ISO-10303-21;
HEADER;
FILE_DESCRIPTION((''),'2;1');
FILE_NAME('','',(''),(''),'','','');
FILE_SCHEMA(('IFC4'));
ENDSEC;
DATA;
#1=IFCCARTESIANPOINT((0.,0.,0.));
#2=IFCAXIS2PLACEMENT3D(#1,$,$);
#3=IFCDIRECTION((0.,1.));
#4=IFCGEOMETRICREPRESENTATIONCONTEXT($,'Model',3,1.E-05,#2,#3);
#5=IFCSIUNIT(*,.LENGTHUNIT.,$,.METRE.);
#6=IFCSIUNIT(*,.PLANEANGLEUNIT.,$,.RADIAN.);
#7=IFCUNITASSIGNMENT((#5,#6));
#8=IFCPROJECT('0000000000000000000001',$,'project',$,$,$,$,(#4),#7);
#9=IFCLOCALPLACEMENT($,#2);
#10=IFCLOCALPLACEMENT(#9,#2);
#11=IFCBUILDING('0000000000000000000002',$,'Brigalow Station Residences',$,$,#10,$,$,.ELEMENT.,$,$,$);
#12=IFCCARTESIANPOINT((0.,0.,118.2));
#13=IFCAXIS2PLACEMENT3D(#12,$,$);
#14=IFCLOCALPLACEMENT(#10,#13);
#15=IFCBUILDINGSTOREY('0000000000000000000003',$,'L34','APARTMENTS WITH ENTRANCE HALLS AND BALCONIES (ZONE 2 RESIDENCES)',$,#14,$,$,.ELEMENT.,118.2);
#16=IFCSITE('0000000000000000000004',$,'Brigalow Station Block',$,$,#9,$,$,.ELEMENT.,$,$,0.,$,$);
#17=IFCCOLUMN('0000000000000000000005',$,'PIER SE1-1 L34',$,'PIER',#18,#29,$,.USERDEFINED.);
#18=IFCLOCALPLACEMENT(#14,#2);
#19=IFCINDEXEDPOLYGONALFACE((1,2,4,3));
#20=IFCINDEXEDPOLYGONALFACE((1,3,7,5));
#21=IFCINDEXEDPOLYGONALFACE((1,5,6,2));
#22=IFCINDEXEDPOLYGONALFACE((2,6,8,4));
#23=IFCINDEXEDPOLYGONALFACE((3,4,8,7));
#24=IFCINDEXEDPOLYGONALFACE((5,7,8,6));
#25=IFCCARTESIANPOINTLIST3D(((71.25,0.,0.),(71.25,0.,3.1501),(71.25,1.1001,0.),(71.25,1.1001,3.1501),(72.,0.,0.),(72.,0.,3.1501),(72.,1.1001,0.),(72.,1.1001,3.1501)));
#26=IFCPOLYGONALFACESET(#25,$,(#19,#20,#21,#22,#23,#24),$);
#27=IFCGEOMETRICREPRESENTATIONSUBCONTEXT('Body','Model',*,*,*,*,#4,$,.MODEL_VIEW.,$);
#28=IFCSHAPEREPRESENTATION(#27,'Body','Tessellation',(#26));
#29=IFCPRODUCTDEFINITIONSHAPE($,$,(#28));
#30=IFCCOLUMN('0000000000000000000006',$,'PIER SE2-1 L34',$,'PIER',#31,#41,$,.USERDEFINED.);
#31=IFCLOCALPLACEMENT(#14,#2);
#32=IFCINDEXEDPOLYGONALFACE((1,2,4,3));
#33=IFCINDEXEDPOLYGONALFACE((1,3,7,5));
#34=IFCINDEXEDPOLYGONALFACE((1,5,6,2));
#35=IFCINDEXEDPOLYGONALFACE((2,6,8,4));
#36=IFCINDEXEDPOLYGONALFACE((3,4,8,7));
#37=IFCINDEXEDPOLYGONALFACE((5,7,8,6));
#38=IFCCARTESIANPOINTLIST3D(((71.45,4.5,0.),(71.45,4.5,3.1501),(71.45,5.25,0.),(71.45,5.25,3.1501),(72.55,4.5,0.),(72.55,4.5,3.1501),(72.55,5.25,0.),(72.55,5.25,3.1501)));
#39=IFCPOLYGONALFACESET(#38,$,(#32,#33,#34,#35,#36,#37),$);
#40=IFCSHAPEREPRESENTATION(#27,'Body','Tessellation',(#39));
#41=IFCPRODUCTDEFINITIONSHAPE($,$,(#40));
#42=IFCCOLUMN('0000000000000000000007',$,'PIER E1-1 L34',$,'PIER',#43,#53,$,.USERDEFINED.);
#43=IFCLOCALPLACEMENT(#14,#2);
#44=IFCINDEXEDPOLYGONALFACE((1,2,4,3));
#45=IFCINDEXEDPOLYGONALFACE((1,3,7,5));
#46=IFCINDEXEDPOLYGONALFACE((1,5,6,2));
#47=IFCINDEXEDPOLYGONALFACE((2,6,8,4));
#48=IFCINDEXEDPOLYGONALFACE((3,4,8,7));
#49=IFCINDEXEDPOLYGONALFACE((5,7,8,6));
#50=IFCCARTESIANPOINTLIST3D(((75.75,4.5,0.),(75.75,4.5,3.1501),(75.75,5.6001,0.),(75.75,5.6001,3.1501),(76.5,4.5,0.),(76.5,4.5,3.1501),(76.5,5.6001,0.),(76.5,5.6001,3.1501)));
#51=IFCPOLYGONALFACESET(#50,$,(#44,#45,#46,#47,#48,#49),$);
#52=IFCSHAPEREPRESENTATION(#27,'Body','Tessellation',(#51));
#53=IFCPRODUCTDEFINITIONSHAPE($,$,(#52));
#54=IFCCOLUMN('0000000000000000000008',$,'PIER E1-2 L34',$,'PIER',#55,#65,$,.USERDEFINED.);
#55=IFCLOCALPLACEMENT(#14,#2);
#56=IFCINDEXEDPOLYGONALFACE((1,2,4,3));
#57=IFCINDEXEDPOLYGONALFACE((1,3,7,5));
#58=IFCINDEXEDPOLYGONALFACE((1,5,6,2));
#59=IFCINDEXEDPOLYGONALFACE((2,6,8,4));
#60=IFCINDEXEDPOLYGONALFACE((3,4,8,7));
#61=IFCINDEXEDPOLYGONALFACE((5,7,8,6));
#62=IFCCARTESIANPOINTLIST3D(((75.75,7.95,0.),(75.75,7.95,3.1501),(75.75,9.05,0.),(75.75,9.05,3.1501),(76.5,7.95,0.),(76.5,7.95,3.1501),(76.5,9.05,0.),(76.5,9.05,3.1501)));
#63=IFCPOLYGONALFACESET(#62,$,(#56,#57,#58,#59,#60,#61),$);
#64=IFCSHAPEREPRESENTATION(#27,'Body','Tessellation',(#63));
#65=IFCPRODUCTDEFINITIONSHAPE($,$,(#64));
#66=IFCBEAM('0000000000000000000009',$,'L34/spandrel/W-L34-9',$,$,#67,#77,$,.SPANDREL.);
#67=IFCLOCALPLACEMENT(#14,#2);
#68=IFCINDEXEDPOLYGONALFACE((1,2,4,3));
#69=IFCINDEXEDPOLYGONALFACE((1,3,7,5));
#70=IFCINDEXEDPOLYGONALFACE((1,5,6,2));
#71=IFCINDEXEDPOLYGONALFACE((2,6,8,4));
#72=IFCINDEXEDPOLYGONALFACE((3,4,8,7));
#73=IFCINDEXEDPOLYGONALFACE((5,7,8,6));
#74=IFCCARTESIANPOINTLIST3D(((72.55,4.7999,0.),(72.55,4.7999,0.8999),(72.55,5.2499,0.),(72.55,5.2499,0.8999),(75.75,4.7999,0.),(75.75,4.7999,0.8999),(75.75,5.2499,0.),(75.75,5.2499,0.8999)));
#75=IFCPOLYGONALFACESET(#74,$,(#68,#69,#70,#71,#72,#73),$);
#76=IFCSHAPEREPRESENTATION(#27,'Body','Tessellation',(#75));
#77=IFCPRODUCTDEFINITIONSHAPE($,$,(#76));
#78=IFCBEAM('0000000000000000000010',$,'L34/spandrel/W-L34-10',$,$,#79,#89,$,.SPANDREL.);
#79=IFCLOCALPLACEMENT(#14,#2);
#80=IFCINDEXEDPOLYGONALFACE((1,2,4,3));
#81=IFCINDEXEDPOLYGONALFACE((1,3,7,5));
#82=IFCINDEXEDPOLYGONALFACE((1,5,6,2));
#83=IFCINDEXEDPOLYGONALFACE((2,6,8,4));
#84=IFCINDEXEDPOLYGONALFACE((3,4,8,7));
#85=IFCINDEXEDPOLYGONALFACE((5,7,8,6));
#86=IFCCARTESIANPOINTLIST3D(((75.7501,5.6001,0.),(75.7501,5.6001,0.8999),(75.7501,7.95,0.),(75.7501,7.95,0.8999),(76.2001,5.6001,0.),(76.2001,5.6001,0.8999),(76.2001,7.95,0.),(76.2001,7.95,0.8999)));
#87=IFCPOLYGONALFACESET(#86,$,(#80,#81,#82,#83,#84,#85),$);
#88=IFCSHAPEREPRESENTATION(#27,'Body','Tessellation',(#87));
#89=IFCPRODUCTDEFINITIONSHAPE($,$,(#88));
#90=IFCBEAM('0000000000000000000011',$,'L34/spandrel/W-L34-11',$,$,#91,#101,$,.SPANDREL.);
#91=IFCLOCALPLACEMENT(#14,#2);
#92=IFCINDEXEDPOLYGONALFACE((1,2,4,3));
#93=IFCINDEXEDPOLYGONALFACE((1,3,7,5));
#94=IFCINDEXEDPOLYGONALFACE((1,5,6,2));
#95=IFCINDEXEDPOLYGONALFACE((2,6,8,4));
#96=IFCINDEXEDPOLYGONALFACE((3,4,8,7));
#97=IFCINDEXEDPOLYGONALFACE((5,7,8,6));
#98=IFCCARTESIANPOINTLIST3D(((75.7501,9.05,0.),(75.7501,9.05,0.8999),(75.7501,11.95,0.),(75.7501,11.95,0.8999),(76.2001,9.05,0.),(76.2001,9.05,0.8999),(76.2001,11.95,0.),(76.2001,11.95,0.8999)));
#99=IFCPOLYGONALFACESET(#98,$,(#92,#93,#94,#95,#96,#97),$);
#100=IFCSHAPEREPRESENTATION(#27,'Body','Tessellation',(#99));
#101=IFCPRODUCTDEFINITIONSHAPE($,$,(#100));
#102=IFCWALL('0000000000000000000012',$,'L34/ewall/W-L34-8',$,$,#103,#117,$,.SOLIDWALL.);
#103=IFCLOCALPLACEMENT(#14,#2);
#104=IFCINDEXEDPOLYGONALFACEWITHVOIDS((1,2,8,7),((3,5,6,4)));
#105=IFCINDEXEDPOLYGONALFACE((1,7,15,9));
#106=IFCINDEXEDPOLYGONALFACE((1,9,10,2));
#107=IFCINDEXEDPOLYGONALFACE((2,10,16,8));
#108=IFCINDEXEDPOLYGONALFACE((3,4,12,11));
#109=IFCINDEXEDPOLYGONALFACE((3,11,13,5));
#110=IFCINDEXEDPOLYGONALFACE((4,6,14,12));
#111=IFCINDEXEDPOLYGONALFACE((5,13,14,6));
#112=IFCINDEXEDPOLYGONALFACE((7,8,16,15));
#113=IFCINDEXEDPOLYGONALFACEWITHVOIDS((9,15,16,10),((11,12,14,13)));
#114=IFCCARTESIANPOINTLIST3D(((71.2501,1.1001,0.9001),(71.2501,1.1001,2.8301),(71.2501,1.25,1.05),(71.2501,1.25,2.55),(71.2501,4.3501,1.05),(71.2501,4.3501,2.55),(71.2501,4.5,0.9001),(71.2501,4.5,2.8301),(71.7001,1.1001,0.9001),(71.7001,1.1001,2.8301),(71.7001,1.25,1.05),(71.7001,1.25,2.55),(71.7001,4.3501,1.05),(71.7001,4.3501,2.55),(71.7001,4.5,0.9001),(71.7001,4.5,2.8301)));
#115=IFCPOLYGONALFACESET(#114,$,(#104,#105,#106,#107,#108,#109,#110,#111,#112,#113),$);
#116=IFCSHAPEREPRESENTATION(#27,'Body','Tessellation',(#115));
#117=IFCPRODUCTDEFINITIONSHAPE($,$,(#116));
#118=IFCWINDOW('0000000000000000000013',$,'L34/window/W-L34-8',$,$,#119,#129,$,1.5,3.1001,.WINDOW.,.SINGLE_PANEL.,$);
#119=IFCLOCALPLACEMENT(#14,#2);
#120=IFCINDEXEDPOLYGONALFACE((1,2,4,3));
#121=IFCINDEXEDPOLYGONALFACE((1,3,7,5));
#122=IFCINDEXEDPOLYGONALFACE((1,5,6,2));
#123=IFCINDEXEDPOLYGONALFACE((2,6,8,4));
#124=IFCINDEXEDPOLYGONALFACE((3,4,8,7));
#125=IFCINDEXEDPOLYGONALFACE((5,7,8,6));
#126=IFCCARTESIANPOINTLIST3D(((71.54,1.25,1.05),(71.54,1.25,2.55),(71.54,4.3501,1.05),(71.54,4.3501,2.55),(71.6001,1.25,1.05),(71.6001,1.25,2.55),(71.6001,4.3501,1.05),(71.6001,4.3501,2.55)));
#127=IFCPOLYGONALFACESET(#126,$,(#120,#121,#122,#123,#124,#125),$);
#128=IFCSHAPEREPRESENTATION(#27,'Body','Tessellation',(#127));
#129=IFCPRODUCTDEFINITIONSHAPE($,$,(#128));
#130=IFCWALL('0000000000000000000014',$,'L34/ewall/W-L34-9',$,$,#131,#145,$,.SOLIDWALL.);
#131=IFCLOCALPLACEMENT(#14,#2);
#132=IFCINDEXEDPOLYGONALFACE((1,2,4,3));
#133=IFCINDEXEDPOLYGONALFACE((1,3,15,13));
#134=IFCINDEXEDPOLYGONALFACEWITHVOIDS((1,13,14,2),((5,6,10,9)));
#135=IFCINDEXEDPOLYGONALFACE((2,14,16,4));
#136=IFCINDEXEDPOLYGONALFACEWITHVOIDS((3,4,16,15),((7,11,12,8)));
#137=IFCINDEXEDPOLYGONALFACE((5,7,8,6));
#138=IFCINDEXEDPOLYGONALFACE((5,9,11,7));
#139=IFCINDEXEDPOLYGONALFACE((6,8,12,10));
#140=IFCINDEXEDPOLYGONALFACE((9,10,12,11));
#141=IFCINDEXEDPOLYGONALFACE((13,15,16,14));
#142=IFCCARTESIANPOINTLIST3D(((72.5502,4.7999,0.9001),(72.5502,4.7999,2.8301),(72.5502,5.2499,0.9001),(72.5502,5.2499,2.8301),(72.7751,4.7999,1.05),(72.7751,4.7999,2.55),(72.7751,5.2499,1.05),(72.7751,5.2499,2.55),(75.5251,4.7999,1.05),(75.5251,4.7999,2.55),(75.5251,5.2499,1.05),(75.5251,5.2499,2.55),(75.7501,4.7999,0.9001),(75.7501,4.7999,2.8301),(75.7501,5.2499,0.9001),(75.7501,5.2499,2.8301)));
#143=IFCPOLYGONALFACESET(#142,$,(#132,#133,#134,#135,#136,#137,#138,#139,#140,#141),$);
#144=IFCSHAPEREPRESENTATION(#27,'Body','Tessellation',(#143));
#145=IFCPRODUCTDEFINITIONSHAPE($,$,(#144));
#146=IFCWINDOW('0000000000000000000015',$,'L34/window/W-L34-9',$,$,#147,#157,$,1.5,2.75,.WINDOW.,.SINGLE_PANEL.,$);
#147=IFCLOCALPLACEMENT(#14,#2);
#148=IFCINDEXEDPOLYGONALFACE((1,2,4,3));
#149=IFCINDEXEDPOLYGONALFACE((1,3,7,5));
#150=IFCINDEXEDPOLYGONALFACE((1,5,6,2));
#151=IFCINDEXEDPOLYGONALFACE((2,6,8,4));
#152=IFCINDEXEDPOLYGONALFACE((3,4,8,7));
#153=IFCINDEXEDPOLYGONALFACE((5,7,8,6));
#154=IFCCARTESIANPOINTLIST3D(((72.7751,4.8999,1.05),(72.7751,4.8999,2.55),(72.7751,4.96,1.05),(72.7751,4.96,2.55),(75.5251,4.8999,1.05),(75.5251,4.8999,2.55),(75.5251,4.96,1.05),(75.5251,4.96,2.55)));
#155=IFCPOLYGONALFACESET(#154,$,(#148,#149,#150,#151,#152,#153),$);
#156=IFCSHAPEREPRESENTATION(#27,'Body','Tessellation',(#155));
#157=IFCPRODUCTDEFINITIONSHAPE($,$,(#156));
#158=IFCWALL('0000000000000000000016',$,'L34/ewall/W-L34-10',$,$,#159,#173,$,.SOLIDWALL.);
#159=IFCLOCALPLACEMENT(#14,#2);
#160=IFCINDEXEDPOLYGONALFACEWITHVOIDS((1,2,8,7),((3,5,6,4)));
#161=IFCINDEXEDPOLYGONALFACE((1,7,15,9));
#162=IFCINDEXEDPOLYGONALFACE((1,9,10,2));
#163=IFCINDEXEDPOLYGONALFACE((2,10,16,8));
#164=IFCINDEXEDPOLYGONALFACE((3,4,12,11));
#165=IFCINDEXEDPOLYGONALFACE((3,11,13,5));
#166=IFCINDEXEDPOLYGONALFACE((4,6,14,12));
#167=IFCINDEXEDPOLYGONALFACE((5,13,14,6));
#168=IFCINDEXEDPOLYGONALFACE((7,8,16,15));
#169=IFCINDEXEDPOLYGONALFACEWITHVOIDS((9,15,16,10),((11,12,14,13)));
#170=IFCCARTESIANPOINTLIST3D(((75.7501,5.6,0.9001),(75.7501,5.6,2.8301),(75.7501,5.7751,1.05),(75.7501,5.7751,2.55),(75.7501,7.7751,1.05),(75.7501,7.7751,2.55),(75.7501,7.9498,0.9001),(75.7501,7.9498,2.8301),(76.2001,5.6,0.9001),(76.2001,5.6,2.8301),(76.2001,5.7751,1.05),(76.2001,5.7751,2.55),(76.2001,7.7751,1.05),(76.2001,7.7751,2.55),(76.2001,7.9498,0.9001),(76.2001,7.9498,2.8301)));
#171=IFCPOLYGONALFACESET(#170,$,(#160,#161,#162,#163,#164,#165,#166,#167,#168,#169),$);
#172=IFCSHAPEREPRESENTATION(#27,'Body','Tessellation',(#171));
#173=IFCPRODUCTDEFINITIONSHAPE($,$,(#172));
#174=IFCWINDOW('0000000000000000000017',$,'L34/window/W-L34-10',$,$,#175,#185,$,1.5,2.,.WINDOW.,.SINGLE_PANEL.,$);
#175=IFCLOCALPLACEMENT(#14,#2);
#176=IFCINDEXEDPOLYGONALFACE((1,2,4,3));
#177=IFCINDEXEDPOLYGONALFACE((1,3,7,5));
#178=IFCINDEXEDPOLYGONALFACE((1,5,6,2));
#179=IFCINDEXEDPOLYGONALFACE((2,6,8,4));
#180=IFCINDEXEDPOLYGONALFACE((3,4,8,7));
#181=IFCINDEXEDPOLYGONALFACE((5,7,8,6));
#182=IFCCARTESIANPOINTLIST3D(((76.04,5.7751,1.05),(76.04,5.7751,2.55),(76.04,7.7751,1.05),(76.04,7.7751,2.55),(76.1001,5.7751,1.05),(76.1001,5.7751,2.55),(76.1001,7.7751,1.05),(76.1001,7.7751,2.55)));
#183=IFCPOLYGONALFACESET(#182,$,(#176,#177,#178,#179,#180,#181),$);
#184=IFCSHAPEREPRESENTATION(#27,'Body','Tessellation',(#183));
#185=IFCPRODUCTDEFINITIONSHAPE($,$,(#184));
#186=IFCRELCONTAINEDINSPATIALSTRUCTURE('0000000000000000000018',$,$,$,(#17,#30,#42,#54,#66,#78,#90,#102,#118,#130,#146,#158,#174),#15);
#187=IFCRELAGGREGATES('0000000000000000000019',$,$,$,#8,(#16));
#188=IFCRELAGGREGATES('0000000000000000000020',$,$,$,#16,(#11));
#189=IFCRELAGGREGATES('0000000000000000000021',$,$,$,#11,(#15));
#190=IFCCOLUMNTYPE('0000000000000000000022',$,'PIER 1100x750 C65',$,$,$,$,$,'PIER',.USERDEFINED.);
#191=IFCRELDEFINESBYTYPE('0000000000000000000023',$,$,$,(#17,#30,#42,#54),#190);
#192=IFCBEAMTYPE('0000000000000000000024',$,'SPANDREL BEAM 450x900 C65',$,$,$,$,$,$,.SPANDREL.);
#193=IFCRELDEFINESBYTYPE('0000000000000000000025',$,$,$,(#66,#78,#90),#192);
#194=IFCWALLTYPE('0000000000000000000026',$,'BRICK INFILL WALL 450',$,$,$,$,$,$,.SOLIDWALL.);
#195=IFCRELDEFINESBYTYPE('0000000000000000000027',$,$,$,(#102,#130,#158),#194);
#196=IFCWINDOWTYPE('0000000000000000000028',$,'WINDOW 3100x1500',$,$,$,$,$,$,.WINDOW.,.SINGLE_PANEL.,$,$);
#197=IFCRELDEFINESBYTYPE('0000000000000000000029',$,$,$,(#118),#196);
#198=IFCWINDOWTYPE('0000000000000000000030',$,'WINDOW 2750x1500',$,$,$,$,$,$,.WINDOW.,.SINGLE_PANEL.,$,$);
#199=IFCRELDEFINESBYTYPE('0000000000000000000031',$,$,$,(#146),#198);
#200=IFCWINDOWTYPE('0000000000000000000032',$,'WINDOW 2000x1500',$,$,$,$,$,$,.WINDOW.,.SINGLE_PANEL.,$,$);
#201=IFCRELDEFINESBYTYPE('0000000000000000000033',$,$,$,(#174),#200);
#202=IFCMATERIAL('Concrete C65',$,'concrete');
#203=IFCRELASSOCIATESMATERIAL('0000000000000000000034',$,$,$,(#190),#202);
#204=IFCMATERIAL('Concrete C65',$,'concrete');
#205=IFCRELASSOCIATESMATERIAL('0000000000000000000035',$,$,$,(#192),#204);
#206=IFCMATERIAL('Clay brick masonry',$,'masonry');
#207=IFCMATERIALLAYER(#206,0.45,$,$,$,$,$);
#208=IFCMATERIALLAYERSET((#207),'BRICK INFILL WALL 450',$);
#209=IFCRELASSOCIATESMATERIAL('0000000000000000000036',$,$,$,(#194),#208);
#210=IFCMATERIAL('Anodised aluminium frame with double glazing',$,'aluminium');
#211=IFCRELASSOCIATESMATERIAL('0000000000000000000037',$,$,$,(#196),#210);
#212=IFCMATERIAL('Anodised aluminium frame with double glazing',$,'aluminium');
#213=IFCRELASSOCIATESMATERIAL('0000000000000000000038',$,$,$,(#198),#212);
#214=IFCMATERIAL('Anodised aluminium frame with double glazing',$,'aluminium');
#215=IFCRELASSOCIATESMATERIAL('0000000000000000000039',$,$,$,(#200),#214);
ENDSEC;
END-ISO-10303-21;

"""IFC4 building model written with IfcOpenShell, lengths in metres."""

from ifc_helpers import new_model, si_unit, direction, frame, frame_2d, origin, origin_2d, place, context, subcontext, project, spatial, rectangle, extrude, material, layer, layer_set, material_profile, profile_set, type_object, element, fill, save


model = new_model("IFC4")

# Units and contexts
model_context = context("Model", 3, precision=1e-05, world=origin(), true_north=direction((0.0, 1.0)))
body_context = subcontext(model_context, "Body", "Model", "MODEL_VIEW")
ifc_project = project(units=[si_unit("LENGTHUNIT", "METRE"), si_unit("PLANEANGLEUNIT", "RADIAN")], contexts=[model_context])

# Site, building, storey
site_placement = place(None, origin())
site = spatial("IfcSite", under=ifc_project, at=site_placement, Name="Brigalow Station Block", CompositionType="ELEMENT", RefElevation=0.0)
building_placement = place(site_placement, origin())
building = spatial("IfcBuilding", under=site, at=building_placement, Name="Brigalow Station Residences", CompositionType="ELEMENT")
storey_placement = place(building_placement, frame((0.0, 0.0, 118.2)))
storey = spatial("IfcBuildingStorey", under=building, at=storey_placement, Name="L34", Description="APARTMENTS WITH ENTRANCE HALLS AND BALCONIES (ZONE 2 RESIDENCES)", CompositionType="ELEMENT", Elevation=118.2)

# Columns
ifc_material_1 = material(Name="Concrete C65", Category="concrete")
ifc_material_profile_1 = material_profile(ifc_material_1, rectangle(XDim=1.1001, YDim=0.75, at=origin_2d()), Name="RC1100x750")
ifc_profile_set_1 = profile_set([ifc_material_profile_1], Name="Concrete C65")
column_type = type_object("IfcColumnType", Name="PIER 1100x750 C65", ElementType="PIER", PredefinedType="USERDEFINED", material=ifc_profile_set_1)
for number, where, z_axis, x_axis, name in (
    (1, (71.625, 0.55, 0.0), (0.0, 0.0, 1.0), (0.0, 1.0, 0.0), "PIER SE1-1 L34"),
    (2, (72.0, 4.875, 0.0), (0.0, 0.0, 1.0), (1.0, 0.0, 0.0), "PIER SE2-1 L34"),
    (3, (76.125, 5.05, 0.0), (0.0, 0.0, 1.0), (0.0, 1.0, 0.0), "PIER E1-1 L34"),
    (4, (76.125, 8.5, 0.0), (0.0, 0.0, 1.0), (0.0, 1.0, 0.0), "PIER E1-2 L34"),
):
    element("IfcColumn", number, at=place(storey_placement, frame(where, z_axis=z_axis, x_axis=x_axis)), inside=storey, type_object=column_type, Name=name, ObjectType="PIER", PredefinedType="USERDEFINED", context=body_context, shape_type="SweptSolid", body=[
        extrude(rectangle(XDim=1.1001, YDim=0.75, at=origin_2d()), origin(), (0.0, 0.0, 1.0), 3.1501),
    ])

# Beams
ifc_material_2 = material(Name="Concrete C65", Category="concrete")
ifc_material_profile_2 = material_profile(ifc_material_2, rectangle(XDim=0.45, YDim=0.8999, at=origin_2d()), Name="RC450x900")
ifc_profile_set_2 = profile_set([ifc_material_profile_2], Name="Concrete C65")
beam_type = type_object("IfcBeamType", Name="SPANDREL BEAM 450x900 C65", PredefinedType="SPANDREL", material=ifc_profile_set_2)
beam_1_placement = place(storey_placement, frame((72.55, 5.0249, 0.45), z_axis=(1.0, 0.0, 0.0), x_axis=(0.0, 1.0, 0.0)))
element("IfcBeam", 5, at=beam_1_placement, inside=storey, type_object=beam_type, Name="L34/spandrel/W-L34-9", PredefinedType="SPANDREL", context=body_context, shape_type="SweptSolid", body=[
    extrude(rectangle(XDim=0.45, YDim=0.8999, at=origin_2d()), origin(), (0.0, 0.0, 1.0), 3.2),
])
beam_2_placement = place(storey_placement, frame((75.9751, 5.6001, 0.45), z_axis=(0.0, 1.0, 0.0), x_axis=(-1.0, 0.0, 0.0)))
element("IfcBeam", 6, at=beam_2_placement, inside=storey, type_object=beam_type, Name="L34/spandrel/W-L34-10", PredefinedType="SPANDREL", context=body_context, shape_type="SweptSolid", body=[
    extrude(rectangle(XDim=0.45, YDim=0.8999, at=origin_2d()), origin(), (0.0, 0.0, 1.0), 2.3499),
])
beam_3_placement = place(storey_placement, frame((75.9751, 9.05, 0.45), z_axis=(0.0, 1.0, 0.0), x_axis=(-1.0, 0.0, 0.0)))
element("IfcBeam", 7, at=beam_3_placement, inside=storey, type_object=beam_type, Name="L34/spandrel/W-L34-11", PredefinedType="SPANDREL", context=body_context, shape_type="SweptSolid", body=[
    extrude(rectangle(XDim=0.45, YDim=0.8999, at=origin_2d()), origin(), (0.0, 0.0, 1.0), 2.8999),
])

# Walls, openings, windows
ifc_material_3 = material(Name="Clay brick masonry", Category="masonry")
ifc_layer_1 = layer(ifc_material_3, 0.45)
ifc_layer_set_1 = layer_set([ifc_layer_1], Name="BRICK INFILL WALL 450")
wall_type_1 = type_object("IfcWallType", Name="BRICK INFILL WALL 450", PredefinedType="SOLIDWALL", material=ifc_layer_set_1)
wall_1_placement = place(storey_placement, frame((71.4751, 1.1001, 0.9001), z_axis=(0.0, 0.0, 1.0), x_axis=(0.0, 1.0, 0.0)))
wall_1 = element("IfcWall", 8, at=wall_1_placement, inside=storey, type_object=wall_type_1, Name="L34/ewall/W-L34-8", PredefinedType="SOLIDWALL", context=body_context, shape_type="SweptSolid", body=[
    extrude(rectangle(XDim=3.3999, YDim=0.45, at=frame_2d((1.7, 0.0))), origin(), (0.0, 0.0, 1.0), 1.9299),
])
opening_1_placement = place(wall_1_placement, frame((0.1499, 0.0, 0.1499)))
opening_1 = element("IfcOpeningElement", 9, at=opening_1_placement, cuts=wall_1, PredefinedType="OPENING", context=body_context, shape_type="SweptSolid", body=[
    extrude(rectangle(XDim=3.1001, YDim=1.5, at=frame_2d((1.55, 0.75))), frame((0.0, 0.2349, 0.0), z_axis=(0.0, -1.0, 0.0), x_axis=(1.0, 0.0, 0.0)), (0.0, 0.0, 1.0), 0.47),
])
ifc_material_4 = material(Name="Anodised aluminium frame with double glazing", Category="aluminium")
window_type_1 = type_object("IfcWindowType", Name="WINDOW 3100x1500", PartitioningType="SINGLE_PANEL", PredefinedType="WINDOW", material=ifc_material_4)
window_1_placement = place(opening_1_placement, origin())
window_1 = element("IfcWindow", 10, at=window_1_placement, inside=storey, type_object=window_type_1, Name="L34/window/W-L34-8", OverallHeight=1.5, OverallWidth=3.1001, PartitioningType="SINGLE_PANEL", PredefinedType="WINDOW", context=body_context, shape_type="SweptSolid", body=[
    extrude(rectangle(XDim=3.1001, YDim=1.5, at=frame_2d((1.55, 0.75))), frame((0.0, -0.0649, 0.0), z_axis=(0.0, -1.0, 0.0), x_axis=(1.0, 0.0, 0.0)), (0.0, 0.0, 1.0), 0.0601),
])
fill(opening_1, window_1)
wall_2_placement = place(storey_placement, frame((72.55, 5.0249, 0.9001), z_axis=(0.0, 0.0, 1.0), x_axis=(1.0, 0.0, 0.0)))
wall_2 = element("IfcWall", 11, at=wall_2_placement, inside=storey, type_object=wall_type_1, Name="L34/ewall/W-L34-9", PredefinedType="SOLIDWALL", context=body_context, shape_type="SweptSolid", body=[
    extrude(rectangle(XDim=3.2, YDim=0.45, at=frame_2d((1.6001, 0.0))), origin(), (0.0, 0.0, 1.0), 1.9299),
])
opening_2_placement = place(wall_2_placement, frame((0.2251, 0.0, 0.1499)))
opening_2 = element("IfcOpeningElement", 12, at=opening_2_placement, cuts=wall_2, PredefinedType="OPENING", context=body_context, shape_type="SweptSolid", body=[
    extrude(rectangle(XDim=2.75, YDim=1.5, at=frame_2d((1.375, 0.75))), frame((0.0, 0.2349, 0.0), z_axis=(0.0, -1.0, 0.0), x_axis=(1.0, 0.0, 0.0)), (0.0, 0.0, 1.0), 0.47),
])
ifc_material_5 = material(Name="Anodised aluminium frame with double glazing", Category="aluminium")
window_type_2 = type_object("IfcWindowType", Name="WINDOW 2750x1500", PartitioningType="SINGLE_PANEL", PredefinedType="WINDOW", material=ifc_material_5)
window_2_placement = place(opening_2_placement, origin())
window_2 = element("IfcWindow", 13, at=window_2_placement, inside=storey, type_object=window_type_2, Name="L34/window/W-L34-9", OverallHeight=1.5, OverallWidth=2.75, PartitioningType="SINGLE_PANEL", PredefinedType="WINDOW", context=body_context, shape_type="SweptSolid", body=[
    extrude(rectangle(XDim=2.75, YDim=1.5, at=frame_2d((1.375, 0.75))), frame((0.0, -0.0649, 0.0), z_axis=(0.0, -1.0, 0.0), x_axis=(1.0, 0.0, 0.0)), (0.0, 0.0, 1.0), 0.0601),
])
fill(opening_2, window_2)
wall_3_placement = place(storey_placement, frame((75.9751, 5.6001, 0.9001), z_axis=(0.0, 0.0, 1.0), x_axis=(0.0, 1.0, 0.0)))
wall_3 = element("IfcWall", 14, at=wall_3_placement, inside=storey, type_object=wall_type_1, Name="L34/ewall/W-L34-10", PredefinedType="SOLIDWALL", context=body_context, shape_type="SweptSolid", body=[
    extrude(rectangle(XDim=2.3499, YDim=0.45, at=frame_2d((1.1748, 0.0))), origin(), (0.0, 0.0, 1.0), 1.9299),
])
opening_3_placement = place(wall_3_placement, frame((0.175, 0.0, 0.1499)))
opening_3 = element("IfcOpeningElement", 15, at=opening_3_placement, cuts=wall_3, PredefinedType="OPENING", context=body_context, shape_type="SweptSolid", body=[
    extrude(rectangle(XDim=2.0, YDim=1.5, at=frame_2d((1.0, 0.75))), frame((0.0, 0.2349, 0.0), z_axis=(0.0, -1.0, 0.0), x_axis=(1.0, 0.0, 0.0)), (0.0, 0.0, 1.0), 0.47),
])
ifc_material_6 = material(Name="Anodised aluminium frame with double glazing", Category="aluminium")
window_type_3 = type_object("IfcWindowType", Name="WINDOW 2000x1500", PartitioningType="SINGLE_PANEL", PredefinedType="WINDOW", material=ifc_material_6)
window_3_placement = place(opening_3_placement, origin())
window_3 = element("IfcWindow", 16, at=window_3_placement, inside=storey, type_object=window_type_3, Name="L34/window/W-L34-10", OverallHeight=1.5, OverallWidth=2.0, PartitioningType="SINGLE_PANEL", PredefinedType="WINDOW", context=body_context, shape_type="SweptSolid", body=[
    extrude(rectangle(XDim=2.0, YDim=1.5, at=frame_2d((1.0, 0.75))), frame((0.0, -0.0649, 0.0), z_axis=(0.0, -1.0, 0.0), x_axis=(1.0, 0.0, 0.0)), (0.0, 0.0, 1.0), 0.0601),
])
fill(opening_3, window_3)

save(model, "model.ifc")
